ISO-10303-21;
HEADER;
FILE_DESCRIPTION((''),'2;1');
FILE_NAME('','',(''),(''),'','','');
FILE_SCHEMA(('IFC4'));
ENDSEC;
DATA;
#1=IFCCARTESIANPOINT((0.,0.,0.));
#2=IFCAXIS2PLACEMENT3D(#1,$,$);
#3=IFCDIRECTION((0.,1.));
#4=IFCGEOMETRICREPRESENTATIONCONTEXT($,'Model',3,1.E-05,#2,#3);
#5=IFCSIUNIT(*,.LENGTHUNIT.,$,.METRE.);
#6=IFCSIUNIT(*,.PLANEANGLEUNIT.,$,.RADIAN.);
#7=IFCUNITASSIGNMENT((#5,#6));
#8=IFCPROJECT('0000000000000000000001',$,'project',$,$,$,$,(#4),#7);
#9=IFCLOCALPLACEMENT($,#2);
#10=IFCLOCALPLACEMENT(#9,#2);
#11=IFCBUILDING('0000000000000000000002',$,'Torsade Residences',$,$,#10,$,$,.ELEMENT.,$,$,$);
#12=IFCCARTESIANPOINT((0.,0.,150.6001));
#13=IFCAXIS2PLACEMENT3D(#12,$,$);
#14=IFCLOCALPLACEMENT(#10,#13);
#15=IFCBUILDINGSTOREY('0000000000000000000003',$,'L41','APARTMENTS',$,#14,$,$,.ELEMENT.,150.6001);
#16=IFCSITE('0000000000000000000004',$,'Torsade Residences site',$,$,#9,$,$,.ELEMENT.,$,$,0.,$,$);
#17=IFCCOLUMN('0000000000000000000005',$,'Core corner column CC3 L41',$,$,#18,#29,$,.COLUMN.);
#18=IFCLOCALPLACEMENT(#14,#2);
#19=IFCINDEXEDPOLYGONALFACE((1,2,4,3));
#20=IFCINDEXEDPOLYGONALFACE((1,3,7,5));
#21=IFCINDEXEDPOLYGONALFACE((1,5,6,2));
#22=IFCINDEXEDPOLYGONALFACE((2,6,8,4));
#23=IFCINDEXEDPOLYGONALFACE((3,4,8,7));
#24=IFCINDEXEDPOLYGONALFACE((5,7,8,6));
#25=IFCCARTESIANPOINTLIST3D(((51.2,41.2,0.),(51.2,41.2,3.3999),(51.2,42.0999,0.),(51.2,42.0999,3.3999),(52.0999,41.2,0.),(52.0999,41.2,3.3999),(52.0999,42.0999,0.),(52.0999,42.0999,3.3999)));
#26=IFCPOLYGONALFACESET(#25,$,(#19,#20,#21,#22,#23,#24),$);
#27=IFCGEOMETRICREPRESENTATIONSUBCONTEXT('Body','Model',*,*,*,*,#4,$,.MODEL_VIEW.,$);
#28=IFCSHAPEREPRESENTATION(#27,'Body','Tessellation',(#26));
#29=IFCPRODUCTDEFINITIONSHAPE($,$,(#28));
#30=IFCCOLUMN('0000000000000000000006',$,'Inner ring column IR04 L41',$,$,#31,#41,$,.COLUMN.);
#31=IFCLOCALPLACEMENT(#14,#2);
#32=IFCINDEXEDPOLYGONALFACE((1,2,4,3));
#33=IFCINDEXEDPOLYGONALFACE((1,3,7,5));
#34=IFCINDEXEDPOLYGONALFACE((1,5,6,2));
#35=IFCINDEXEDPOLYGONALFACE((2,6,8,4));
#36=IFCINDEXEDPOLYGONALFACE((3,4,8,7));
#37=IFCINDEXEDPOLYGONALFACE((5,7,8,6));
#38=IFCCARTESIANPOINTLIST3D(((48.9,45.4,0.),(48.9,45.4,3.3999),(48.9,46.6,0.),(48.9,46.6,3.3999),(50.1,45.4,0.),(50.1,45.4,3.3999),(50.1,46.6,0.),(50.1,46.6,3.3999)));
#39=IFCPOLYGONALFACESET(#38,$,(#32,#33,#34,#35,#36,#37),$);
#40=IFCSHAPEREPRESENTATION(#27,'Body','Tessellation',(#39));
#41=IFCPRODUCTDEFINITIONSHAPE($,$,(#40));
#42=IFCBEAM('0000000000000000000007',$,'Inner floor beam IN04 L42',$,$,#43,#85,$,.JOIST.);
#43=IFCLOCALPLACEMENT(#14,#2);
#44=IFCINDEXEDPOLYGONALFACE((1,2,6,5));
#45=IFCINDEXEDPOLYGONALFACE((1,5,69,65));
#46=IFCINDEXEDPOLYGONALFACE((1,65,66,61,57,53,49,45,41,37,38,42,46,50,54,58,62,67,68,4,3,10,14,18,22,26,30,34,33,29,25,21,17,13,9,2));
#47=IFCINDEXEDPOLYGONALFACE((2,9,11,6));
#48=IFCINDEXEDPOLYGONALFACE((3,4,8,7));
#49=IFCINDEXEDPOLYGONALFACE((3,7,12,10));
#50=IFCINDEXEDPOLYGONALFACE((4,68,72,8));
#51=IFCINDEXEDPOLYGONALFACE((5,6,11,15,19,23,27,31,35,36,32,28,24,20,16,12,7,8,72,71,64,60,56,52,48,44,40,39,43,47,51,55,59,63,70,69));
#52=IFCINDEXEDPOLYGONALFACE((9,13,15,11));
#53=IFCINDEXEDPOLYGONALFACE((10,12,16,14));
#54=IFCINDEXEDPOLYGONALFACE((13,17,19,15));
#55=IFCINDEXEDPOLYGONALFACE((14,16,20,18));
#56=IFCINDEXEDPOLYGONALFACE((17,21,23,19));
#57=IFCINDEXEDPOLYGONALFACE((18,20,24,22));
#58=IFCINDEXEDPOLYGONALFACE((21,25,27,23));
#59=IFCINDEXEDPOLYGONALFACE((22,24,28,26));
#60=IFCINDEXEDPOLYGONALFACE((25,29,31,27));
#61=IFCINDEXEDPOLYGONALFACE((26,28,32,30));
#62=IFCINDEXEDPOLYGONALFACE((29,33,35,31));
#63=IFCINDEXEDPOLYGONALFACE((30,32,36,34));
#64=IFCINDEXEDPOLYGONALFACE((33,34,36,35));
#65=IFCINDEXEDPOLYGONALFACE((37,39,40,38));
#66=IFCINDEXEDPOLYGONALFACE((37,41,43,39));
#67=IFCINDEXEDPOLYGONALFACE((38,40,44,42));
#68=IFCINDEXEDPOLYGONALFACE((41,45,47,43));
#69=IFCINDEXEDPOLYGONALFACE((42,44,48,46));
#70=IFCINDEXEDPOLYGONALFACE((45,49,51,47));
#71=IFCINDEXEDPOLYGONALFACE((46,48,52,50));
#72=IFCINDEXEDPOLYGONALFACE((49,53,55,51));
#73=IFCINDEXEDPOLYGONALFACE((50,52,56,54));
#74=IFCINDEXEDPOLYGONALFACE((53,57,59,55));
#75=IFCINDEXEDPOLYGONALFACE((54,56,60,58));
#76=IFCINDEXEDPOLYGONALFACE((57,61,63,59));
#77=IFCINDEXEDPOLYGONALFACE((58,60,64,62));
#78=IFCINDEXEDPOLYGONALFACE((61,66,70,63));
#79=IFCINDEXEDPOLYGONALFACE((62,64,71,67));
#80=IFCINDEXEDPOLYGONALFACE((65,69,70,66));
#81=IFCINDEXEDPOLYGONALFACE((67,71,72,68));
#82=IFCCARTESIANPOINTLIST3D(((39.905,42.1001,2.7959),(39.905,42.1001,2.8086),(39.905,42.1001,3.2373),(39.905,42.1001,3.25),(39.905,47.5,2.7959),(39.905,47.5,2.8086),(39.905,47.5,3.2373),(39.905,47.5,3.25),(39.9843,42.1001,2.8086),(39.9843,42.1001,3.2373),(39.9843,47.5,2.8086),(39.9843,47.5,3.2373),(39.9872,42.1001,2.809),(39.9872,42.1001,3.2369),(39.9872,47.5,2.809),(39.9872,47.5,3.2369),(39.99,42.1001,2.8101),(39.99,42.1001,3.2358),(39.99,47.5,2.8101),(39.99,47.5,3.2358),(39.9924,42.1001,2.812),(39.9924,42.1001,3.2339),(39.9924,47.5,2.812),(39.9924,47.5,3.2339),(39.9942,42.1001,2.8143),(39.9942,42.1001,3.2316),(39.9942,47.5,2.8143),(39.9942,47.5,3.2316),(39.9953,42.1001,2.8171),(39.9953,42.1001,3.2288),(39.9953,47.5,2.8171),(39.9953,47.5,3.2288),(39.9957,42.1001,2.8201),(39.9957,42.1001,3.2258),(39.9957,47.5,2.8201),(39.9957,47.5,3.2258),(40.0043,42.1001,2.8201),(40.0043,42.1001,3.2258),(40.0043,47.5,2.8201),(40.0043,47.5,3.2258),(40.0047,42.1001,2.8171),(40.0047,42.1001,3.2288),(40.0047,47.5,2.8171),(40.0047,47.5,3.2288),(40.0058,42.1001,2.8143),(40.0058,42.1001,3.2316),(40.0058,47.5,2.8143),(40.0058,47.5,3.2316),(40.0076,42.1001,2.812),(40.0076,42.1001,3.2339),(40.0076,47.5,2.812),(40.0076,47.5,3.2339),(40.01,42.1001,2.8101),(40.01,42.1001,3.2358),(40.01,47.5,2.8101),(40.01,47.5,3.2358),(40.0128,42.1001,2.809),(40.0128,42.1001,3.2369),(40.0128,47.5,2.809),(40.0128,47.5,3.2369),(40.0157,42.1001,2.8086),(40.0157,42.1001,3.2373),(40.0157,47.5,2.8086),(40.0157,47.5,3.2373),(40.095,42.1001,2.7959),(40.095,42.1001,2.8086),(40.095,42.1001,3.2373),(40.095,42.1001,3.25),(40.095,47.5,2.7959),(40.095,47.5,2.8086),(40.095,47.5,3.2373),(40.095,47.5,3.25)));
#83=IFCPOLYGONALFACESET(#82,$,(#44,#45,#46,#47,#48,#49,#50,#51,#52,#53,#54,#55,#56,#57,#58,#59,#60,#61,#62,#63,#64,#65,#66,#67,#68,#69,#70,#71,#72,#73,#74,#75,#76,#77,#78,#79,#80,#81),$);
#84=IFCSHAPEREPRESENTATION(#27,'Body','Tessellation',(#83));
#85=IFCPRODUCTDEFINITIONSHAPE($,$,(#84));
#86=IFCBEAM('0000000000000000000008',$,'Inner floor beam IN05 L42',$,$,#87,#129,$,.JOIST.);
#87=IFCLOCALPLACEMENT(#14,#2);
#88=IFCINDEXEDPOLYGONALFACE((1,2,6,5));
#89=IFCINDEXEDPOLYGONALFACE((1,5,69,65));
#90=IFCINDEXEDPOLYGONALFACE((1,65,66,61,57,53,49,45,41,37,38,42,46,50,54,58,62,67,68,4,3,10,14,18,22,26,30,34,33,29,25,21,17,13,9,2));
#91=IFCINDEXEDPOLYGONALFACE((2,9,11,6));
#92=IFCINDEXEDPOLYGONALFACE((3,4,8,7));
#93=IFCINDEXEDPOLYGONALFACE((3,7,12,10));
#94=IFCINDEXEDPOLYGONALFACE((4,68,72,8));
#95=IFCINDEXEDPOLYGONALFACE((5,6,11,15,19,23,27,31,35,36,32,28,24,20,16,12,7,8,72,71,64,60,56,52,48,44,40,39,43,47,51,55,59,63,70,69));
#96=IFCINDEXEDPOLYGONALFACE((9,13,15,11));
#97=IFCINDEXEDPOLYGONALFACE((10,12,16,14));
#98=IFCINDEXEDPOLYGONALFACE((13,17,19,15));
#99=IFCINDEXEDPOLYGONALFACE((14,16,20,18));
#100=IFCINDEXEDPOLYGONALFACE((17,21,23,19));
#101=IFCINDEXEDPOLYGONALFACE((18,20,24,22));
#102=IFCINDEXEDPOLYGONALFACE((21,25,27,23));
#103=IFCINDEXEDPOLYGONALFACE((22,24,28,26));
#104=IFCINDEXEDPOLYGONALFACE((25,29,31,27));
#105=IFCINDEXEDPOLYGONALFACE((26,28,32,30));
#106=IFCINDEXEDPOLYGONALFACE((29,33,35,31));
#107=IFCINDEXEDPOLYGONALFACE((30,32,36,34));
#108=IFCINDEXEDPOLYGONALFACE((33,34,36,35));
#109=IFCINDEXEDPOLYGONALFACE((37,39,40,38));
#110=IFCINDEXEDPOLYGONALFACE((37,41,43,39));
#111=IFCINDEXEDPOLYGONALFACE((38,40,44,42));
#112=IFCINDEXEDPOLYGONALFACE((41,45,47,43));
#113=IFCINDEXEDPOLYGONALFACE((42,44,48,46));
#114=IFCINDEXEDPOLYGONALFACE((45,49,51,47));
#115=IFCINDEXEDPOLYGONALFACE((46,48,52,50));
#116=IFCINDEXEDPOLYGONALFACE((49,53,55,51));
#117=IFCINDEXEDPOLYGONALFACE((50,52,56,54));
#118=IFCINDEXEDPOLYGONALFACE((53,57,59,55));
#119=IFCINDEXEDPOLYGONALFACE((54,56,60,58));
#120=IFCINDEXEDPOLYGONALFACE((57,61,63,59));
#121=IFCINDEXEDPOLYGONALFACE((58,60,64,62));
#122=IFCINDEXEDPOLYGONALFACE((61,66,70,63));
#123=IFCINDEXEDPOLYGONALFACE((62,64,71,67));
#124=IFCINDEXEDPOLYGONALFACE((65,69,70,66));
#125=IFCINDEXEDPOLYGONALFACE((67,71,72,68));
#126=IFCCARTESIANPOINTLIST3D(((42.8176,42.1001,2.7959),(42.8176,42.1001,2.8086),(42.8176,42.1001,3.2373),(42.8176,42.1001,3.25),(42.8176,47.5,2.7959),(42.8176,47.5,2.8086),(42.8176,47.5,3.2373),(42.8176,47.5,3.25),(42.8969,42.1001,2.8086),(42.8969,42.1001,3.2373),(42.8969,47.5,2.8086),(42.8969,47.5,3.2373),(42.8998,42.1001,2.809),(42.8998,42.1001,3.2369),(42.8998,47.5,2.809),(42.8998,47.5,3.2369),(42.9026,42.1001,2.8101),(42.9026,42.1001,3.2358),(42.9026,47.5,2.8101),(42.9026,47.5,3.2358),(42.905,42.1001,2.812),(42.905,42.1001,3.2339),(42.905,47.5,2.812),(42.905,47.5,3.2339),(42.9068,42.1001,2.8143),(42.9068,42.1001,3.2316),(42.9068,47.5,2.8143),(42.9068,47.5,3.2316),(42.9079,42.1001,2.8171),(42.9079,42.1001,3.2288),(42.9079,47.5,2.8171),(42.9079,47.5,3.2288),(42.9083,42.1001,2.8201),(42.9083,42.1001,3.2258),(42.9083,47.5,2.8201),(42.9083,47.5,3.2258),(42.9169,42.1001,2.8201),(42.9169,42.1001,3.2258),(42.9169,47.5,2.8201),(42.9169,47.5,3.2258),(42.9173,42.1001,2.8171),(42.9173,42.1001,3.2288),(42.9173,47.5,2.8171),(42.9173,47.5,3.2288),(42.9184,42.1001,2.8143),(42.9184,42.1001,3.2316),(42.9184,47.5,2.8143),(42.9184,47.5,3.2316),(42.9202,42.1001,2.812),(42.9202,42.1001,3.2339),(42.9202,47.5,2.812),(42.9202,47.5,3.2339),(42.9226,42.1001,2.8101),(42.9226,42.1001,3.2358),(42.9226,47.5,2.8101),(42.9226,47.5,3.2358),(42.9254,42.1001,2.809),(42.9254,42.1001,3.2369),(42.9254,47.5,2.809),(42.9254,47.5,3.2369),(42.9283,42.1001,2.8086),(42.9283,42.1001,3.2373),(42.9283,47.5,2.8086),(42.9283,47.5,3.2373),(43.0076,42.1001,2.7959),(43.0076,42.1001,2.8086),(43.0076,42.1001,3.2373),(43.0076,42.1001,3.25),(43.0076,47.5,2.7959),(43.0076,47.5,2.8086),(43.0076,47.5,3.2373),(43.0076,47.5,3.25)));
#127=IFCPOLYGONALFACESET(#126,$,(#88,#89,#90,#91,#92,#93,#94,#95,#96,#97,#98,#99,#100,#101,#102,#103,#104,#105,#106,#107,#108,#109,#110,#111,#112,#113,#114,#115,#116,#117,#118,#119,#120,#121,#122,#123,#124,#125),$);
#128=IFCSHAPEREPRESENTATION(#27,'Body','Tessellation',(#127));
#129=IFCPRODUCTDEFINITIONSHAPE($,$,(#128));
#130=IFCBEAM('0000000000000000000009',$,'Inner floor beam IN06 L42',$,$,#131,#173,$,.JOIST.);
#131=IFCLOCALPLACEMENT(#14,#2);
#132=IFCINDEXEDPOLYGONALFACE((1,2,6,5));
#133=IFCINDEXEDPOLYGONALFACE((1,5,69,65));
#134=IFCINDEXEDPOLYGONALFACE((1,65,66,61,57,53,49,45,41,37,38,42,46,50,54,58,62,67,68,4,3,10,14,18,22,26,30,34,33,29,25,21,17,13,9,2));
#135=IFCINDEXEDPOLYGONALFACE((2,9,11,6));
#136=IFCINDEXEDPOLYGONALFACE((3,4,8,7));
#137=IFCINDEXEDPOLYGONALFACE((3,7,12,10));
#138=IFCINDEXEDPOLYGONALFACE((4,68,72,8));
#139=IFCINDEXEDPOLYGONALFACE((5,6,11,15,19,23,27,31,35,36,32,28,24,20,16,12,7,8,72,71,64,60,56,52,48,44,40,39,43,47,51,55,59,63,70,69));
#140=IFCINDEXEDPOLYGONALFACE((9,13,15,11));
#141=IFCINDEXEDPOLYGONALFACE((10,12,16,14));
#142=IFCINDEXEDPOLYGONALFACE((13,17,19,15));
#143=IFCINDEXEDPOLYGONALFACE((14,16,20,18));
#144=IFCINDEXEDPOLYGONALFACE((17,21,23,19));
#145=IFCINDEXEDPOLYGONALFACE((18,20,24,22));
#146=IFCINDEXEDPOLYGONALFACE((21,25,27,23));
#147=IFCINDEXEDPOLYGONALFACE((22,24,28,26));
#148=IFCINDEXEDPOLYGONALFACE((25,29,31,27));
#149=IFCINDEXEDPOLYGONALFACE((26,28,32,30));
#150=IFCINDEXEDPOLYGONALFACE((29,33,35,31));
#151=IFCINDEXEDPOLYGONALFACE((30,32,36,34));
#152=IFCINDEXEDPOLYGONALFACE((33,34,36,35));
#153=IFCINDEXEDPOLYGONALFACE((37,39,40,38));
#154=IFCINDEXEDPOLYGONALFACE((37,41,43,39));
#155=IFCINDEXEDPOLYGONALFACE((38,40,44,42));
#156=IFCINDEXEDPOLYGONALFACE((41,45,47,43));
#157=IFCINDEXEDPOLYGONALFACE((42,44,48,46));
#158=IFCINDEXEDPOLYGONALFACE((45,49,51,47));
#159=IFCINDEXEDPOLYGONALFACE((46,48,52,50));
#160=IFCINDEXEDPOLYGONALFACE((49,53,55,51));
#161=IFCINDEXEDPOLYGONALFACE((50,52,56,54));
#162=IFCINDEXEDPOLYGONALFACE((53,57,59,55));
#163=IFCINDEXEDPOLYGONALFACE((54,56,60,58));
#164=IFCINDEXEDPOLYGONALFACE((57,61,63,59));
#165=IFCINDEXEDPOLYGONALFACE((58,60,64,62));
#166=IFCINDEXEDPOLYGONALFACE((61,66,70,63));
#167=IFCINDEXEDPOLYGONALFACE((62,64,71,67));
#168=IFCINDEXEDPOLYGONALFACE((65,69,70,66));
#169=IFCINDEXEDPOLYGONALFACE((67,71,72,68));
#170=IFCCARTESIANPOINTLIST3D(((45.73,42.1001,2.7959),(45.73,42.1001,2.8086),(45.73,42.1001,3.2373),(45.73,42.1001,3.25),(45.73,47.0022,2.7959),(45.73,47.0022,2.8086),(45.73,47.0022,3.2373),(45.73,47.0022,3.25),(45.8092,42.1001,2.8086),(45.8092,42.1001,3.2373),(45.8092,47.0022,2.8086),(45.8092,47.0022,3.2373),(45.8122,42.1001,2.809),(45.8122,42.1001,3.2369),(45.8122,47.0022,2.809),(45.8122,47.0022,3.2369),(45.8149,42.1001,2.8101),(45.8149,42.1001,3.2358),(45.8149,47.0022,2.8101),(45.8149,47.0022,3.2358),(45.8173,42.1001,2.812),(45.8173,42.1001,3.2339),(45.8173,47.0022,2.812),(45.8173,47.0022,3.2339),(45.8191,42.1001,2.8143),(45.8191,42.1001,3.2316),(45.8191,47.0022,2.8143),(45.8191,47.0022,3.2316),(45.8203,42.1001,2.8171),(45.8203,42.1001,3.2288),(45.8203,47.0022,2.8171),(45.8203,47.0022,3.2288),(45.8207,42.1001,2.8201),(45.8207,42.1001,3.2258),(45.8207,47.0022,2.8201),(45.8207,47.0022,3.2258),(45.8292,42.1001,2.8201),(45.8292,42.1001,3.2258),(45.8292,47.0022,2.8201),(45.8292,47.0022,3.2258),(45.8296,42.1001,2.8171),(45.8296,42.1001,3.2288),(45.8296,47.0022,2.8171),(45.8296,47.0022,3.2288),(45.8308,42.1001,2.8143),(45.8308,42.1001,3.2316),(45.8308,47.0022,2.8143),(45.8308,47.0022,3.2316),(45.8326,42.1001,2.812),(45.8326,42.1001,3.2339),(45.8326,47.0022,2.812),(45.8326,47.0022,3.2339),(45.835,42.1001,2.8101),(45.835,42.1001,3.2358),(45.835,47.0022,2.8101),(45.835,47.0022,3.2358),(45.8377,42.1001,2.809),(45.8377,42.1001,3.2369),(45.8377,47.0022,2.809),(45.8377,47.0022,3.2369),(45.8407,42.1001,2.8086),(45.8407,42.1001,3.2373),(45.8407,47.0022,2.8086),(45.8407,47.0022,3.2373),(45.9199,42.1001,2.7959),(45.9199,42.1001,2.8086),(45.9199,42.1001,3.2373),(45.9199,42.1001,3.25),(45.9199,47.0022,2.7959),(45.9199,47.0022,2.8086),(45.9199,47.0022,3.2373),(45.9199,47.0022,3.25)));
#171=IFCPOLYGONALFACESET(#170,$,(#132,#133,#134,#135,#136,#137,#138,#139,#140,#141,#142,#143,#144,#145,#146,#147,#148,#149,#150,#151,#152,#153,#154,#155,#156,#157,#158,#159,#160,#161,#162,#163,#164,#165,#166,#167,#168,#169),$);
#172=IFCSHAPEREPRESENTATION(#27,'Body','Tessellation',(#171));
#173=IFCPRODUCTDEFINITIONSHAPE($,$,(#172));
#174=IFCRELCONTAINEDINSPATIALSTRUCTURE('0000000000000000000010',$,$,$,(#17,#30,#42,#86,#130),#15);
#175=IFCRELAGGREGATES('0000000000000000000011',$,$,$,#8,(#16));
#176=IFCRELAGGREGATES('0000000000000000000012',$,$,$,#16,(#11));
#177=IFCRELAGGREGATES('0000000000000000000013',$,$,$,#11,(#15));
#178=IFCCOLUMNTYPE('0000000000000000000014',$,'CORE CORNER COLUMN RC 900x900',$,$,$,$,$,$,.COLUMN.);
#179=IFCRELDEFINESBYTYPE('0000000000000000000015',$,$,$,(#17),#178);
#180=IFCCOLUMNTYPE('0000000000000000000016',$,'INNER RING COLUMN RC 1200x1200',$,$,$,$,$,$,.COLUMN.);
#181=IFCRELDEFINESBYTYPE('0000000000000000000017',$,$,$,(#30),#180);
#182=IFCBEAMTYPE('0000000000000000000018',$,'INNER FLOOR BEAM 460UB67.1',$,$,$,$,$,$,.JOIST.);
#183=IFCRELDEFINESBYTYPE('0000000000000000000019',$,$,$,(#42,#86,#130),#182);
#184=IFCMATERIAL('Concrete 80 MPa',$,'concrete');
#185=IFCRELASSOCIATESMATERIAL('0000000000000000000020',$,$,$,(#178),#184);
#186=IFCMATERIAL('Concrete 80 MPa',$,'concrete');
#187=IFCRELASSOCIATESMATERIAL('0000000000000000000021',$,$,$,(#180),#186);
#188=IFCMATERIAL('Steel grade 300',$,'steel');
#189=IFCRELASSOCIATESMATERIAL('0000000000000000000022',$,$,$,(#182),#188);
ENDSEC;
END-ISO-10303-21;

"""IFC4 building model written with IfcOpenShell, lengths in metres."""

from ifc_helpers import new_model, si_unit, direction, frame, origin, origin_2d, place, context, subcontext, project, spatial, rectangle, i_section, extrude, material, material_profile, profile_set, type_object, element, save


model = new_model("IFC4")

# Units and contexts
model_context = context("Model", 3, precision=1e-05, world=origin(), true_north=direction((0.0, 1.0)))
body_context = subcontext(model_context, "Body", "Model", "MODEL_VIEW")
ifc_project = project(units=[si_unit("LENGTHUNIT", "METRE"), si_unit("PLANEANGLEUNIT", "RADIAN")], contexts=[model_context])

# Site, building, storey
site_placement = place(None, origin())
site = spatial("IfcSite", under=ifc_project, at=site_placement, Name="Torsade Residences site", CompositionType="ELEMENT", RefElevation=0.0)
building_placement = place(site_placement, origin())
building = spatial("IfcBuilding", under=site, at=building_placement, Name="Torsade Residences", CompositionType="ELEMENT")
storey_placement = place(building_placement, frame((0.0, 0.0, 150.6001)))
storey = spatial("IfcBuildingStorey", under=building, at=storey_placement, Name="L41", Description="APARTMENTS", CompositionType="ELEMENT", Elevation=150.6001)

# Columns
ifc_material_1 = material(Name="Concrete 80 MPa", Category="concrete")
ifc_material_profile_1 = material_profile(ifc_material_1, rectangle(XDim=0.8999, YDim=0.8999, at=origin_2d()), Name="RC 900x900")
ifc_profile_set_1 = profile_set([ifc_material_profile_1], Name="Concrete 80 MPa")
column_type_1 = type_object("IfcColumnType", Name="CORE CORNER COLUMN RC 900x900", PredefinedType="COLUMN", material=ifc_profile_set_1)
column_1_placement = place(storey_placement, frame((51.6499, 41.6499, 0.0), z_axis=(0.0, 0.0, 1.0), x_axis=(1.0, 0.0, 0.0)))
element("IfcColumn", 1, at=column_1_placement, inside=storey, type_object=column_type_1, Name="Core corner column CC3 L41", PredefinedType="COLUMN", context=body_context, shape_type="SweptSolid", body=[
    extrude(rectangle(XDim=0.8999, YDim=0.8999, at=origin_2d()), origin(), (0.0, 0.0, 1.0), 3.3999),
])
ifc_material_2 = material(Name="Concrete 80 MPa", Category="concrete")
ifc_material_profile_2 = material_profile(ifc_material_2, rectangle(XDim=1.2, YDim=1.2, at=origin_2d()), Name="RC 1200x1200")
ifc_profile_set_2 = profile_set([ifc_material_profile_2], Name="Concrete 80 MPa")
column_type_2 = type_object("IfcColumnType", Name="INNER RING COLUMN RC 1200x1200", PredefinedType="COLUMN", material=ifc_profile_set_2)
column_2_placement = place(storey_placement, frame((49.5, 46.0, 0.0), z_axis=(0.0, 0.0, 1.0), x_axis=(1.0, 0.0, 0.0)))
element("IfcColumn", 2, at=column_2_placement, inside=storey, type_object=column_type_2, Name="Inner ring column IR04 L41", PredefinedType="COLUMN", context=body_context, shape_type="SweptSolid", body=[
    extrude(rectangle(XDim=1.2, YDim=1.2, at=origin_2d()), origin(), (0.0, 0.0, 1.0), 3.3999),
])

# Beams
ifc_material_3 = material(Name="Steel grade 300", Category="steel")
ifc_material_profile_3 = material_profile(ifc_material_3, i_section(OverallWidth=0.1899, OverallDepth=0.4541, WebThickness=0.0085, FlangeThickness=0.0127, FilletRadius=0.0115, at=origin_2d()), Name="460UB67.1")
ifc_profile_set_3 = profile_set([ifc_material_profile_3], Name="Steel grade 300")
beam_type_1 = type_object("IfcBeamType", Name="INNER FLOOR BEAM 460UB67.1", PredefinedType="JOIST", material=ifc_profile_set_3)
for number, where, z_axis, x_axis, name in (
    (3, (40.0, 42.1001, 3.0229), (0.0, 1.0, 0.0), (-1.0, 0.0, 0.0), "Inner floor beam IN04 L42"),
    (4, (42.9126, 42.1001, 3.0229), (0.0, 1.0, 0.0), (-1.0, 0.0, 0.0), "Inner floor beam IN05 L42"),
):
    element("IfcBeam", number, at=place(storey_placement, frame(where, z_axis=z_axis, x_axis=x_axis)), inside=storey, type_object=beam_type_1, Name=name, PredefinedType="JOIST", context=body_context, shape_type="SweptSolid", body=[
        extrude(i_section(OverallWidth=0.1899, OverallDepth=0.4541, WebThickness=0.0085, FlangeThickness=0.0127, FilletRadius=0.0115, at=origin_2d()), origin(), (0.0, 0.0, 1.0), 5.3999),
    ])
beam_1_placement = place(storey_placement, frame((45.825, 42.1001, 3.0229), z_axis=(0.0, 1.0, 0.0), x_axis=(-1.0, 0.0, 0.0)))
element("IfcBeam", 5, at=beam_1_placement, inside=storey, type_object=beam_type_1, Name="Inner floor beam IN06 L42", PredefinedType="JOIST", context=body_context, shape_type="SweptSolid", body=[
    extrude(i_section(OverallWidth=0.1899, OverallDepth=0.4541, WebThickness=0.0085, FlangeThickness=0.0127, FilletRadius=0.0115, at=origin_2d()), origin(), (0.0, 0.0, 1.0), 4.9021),
])

save(model, "model.ifc")
